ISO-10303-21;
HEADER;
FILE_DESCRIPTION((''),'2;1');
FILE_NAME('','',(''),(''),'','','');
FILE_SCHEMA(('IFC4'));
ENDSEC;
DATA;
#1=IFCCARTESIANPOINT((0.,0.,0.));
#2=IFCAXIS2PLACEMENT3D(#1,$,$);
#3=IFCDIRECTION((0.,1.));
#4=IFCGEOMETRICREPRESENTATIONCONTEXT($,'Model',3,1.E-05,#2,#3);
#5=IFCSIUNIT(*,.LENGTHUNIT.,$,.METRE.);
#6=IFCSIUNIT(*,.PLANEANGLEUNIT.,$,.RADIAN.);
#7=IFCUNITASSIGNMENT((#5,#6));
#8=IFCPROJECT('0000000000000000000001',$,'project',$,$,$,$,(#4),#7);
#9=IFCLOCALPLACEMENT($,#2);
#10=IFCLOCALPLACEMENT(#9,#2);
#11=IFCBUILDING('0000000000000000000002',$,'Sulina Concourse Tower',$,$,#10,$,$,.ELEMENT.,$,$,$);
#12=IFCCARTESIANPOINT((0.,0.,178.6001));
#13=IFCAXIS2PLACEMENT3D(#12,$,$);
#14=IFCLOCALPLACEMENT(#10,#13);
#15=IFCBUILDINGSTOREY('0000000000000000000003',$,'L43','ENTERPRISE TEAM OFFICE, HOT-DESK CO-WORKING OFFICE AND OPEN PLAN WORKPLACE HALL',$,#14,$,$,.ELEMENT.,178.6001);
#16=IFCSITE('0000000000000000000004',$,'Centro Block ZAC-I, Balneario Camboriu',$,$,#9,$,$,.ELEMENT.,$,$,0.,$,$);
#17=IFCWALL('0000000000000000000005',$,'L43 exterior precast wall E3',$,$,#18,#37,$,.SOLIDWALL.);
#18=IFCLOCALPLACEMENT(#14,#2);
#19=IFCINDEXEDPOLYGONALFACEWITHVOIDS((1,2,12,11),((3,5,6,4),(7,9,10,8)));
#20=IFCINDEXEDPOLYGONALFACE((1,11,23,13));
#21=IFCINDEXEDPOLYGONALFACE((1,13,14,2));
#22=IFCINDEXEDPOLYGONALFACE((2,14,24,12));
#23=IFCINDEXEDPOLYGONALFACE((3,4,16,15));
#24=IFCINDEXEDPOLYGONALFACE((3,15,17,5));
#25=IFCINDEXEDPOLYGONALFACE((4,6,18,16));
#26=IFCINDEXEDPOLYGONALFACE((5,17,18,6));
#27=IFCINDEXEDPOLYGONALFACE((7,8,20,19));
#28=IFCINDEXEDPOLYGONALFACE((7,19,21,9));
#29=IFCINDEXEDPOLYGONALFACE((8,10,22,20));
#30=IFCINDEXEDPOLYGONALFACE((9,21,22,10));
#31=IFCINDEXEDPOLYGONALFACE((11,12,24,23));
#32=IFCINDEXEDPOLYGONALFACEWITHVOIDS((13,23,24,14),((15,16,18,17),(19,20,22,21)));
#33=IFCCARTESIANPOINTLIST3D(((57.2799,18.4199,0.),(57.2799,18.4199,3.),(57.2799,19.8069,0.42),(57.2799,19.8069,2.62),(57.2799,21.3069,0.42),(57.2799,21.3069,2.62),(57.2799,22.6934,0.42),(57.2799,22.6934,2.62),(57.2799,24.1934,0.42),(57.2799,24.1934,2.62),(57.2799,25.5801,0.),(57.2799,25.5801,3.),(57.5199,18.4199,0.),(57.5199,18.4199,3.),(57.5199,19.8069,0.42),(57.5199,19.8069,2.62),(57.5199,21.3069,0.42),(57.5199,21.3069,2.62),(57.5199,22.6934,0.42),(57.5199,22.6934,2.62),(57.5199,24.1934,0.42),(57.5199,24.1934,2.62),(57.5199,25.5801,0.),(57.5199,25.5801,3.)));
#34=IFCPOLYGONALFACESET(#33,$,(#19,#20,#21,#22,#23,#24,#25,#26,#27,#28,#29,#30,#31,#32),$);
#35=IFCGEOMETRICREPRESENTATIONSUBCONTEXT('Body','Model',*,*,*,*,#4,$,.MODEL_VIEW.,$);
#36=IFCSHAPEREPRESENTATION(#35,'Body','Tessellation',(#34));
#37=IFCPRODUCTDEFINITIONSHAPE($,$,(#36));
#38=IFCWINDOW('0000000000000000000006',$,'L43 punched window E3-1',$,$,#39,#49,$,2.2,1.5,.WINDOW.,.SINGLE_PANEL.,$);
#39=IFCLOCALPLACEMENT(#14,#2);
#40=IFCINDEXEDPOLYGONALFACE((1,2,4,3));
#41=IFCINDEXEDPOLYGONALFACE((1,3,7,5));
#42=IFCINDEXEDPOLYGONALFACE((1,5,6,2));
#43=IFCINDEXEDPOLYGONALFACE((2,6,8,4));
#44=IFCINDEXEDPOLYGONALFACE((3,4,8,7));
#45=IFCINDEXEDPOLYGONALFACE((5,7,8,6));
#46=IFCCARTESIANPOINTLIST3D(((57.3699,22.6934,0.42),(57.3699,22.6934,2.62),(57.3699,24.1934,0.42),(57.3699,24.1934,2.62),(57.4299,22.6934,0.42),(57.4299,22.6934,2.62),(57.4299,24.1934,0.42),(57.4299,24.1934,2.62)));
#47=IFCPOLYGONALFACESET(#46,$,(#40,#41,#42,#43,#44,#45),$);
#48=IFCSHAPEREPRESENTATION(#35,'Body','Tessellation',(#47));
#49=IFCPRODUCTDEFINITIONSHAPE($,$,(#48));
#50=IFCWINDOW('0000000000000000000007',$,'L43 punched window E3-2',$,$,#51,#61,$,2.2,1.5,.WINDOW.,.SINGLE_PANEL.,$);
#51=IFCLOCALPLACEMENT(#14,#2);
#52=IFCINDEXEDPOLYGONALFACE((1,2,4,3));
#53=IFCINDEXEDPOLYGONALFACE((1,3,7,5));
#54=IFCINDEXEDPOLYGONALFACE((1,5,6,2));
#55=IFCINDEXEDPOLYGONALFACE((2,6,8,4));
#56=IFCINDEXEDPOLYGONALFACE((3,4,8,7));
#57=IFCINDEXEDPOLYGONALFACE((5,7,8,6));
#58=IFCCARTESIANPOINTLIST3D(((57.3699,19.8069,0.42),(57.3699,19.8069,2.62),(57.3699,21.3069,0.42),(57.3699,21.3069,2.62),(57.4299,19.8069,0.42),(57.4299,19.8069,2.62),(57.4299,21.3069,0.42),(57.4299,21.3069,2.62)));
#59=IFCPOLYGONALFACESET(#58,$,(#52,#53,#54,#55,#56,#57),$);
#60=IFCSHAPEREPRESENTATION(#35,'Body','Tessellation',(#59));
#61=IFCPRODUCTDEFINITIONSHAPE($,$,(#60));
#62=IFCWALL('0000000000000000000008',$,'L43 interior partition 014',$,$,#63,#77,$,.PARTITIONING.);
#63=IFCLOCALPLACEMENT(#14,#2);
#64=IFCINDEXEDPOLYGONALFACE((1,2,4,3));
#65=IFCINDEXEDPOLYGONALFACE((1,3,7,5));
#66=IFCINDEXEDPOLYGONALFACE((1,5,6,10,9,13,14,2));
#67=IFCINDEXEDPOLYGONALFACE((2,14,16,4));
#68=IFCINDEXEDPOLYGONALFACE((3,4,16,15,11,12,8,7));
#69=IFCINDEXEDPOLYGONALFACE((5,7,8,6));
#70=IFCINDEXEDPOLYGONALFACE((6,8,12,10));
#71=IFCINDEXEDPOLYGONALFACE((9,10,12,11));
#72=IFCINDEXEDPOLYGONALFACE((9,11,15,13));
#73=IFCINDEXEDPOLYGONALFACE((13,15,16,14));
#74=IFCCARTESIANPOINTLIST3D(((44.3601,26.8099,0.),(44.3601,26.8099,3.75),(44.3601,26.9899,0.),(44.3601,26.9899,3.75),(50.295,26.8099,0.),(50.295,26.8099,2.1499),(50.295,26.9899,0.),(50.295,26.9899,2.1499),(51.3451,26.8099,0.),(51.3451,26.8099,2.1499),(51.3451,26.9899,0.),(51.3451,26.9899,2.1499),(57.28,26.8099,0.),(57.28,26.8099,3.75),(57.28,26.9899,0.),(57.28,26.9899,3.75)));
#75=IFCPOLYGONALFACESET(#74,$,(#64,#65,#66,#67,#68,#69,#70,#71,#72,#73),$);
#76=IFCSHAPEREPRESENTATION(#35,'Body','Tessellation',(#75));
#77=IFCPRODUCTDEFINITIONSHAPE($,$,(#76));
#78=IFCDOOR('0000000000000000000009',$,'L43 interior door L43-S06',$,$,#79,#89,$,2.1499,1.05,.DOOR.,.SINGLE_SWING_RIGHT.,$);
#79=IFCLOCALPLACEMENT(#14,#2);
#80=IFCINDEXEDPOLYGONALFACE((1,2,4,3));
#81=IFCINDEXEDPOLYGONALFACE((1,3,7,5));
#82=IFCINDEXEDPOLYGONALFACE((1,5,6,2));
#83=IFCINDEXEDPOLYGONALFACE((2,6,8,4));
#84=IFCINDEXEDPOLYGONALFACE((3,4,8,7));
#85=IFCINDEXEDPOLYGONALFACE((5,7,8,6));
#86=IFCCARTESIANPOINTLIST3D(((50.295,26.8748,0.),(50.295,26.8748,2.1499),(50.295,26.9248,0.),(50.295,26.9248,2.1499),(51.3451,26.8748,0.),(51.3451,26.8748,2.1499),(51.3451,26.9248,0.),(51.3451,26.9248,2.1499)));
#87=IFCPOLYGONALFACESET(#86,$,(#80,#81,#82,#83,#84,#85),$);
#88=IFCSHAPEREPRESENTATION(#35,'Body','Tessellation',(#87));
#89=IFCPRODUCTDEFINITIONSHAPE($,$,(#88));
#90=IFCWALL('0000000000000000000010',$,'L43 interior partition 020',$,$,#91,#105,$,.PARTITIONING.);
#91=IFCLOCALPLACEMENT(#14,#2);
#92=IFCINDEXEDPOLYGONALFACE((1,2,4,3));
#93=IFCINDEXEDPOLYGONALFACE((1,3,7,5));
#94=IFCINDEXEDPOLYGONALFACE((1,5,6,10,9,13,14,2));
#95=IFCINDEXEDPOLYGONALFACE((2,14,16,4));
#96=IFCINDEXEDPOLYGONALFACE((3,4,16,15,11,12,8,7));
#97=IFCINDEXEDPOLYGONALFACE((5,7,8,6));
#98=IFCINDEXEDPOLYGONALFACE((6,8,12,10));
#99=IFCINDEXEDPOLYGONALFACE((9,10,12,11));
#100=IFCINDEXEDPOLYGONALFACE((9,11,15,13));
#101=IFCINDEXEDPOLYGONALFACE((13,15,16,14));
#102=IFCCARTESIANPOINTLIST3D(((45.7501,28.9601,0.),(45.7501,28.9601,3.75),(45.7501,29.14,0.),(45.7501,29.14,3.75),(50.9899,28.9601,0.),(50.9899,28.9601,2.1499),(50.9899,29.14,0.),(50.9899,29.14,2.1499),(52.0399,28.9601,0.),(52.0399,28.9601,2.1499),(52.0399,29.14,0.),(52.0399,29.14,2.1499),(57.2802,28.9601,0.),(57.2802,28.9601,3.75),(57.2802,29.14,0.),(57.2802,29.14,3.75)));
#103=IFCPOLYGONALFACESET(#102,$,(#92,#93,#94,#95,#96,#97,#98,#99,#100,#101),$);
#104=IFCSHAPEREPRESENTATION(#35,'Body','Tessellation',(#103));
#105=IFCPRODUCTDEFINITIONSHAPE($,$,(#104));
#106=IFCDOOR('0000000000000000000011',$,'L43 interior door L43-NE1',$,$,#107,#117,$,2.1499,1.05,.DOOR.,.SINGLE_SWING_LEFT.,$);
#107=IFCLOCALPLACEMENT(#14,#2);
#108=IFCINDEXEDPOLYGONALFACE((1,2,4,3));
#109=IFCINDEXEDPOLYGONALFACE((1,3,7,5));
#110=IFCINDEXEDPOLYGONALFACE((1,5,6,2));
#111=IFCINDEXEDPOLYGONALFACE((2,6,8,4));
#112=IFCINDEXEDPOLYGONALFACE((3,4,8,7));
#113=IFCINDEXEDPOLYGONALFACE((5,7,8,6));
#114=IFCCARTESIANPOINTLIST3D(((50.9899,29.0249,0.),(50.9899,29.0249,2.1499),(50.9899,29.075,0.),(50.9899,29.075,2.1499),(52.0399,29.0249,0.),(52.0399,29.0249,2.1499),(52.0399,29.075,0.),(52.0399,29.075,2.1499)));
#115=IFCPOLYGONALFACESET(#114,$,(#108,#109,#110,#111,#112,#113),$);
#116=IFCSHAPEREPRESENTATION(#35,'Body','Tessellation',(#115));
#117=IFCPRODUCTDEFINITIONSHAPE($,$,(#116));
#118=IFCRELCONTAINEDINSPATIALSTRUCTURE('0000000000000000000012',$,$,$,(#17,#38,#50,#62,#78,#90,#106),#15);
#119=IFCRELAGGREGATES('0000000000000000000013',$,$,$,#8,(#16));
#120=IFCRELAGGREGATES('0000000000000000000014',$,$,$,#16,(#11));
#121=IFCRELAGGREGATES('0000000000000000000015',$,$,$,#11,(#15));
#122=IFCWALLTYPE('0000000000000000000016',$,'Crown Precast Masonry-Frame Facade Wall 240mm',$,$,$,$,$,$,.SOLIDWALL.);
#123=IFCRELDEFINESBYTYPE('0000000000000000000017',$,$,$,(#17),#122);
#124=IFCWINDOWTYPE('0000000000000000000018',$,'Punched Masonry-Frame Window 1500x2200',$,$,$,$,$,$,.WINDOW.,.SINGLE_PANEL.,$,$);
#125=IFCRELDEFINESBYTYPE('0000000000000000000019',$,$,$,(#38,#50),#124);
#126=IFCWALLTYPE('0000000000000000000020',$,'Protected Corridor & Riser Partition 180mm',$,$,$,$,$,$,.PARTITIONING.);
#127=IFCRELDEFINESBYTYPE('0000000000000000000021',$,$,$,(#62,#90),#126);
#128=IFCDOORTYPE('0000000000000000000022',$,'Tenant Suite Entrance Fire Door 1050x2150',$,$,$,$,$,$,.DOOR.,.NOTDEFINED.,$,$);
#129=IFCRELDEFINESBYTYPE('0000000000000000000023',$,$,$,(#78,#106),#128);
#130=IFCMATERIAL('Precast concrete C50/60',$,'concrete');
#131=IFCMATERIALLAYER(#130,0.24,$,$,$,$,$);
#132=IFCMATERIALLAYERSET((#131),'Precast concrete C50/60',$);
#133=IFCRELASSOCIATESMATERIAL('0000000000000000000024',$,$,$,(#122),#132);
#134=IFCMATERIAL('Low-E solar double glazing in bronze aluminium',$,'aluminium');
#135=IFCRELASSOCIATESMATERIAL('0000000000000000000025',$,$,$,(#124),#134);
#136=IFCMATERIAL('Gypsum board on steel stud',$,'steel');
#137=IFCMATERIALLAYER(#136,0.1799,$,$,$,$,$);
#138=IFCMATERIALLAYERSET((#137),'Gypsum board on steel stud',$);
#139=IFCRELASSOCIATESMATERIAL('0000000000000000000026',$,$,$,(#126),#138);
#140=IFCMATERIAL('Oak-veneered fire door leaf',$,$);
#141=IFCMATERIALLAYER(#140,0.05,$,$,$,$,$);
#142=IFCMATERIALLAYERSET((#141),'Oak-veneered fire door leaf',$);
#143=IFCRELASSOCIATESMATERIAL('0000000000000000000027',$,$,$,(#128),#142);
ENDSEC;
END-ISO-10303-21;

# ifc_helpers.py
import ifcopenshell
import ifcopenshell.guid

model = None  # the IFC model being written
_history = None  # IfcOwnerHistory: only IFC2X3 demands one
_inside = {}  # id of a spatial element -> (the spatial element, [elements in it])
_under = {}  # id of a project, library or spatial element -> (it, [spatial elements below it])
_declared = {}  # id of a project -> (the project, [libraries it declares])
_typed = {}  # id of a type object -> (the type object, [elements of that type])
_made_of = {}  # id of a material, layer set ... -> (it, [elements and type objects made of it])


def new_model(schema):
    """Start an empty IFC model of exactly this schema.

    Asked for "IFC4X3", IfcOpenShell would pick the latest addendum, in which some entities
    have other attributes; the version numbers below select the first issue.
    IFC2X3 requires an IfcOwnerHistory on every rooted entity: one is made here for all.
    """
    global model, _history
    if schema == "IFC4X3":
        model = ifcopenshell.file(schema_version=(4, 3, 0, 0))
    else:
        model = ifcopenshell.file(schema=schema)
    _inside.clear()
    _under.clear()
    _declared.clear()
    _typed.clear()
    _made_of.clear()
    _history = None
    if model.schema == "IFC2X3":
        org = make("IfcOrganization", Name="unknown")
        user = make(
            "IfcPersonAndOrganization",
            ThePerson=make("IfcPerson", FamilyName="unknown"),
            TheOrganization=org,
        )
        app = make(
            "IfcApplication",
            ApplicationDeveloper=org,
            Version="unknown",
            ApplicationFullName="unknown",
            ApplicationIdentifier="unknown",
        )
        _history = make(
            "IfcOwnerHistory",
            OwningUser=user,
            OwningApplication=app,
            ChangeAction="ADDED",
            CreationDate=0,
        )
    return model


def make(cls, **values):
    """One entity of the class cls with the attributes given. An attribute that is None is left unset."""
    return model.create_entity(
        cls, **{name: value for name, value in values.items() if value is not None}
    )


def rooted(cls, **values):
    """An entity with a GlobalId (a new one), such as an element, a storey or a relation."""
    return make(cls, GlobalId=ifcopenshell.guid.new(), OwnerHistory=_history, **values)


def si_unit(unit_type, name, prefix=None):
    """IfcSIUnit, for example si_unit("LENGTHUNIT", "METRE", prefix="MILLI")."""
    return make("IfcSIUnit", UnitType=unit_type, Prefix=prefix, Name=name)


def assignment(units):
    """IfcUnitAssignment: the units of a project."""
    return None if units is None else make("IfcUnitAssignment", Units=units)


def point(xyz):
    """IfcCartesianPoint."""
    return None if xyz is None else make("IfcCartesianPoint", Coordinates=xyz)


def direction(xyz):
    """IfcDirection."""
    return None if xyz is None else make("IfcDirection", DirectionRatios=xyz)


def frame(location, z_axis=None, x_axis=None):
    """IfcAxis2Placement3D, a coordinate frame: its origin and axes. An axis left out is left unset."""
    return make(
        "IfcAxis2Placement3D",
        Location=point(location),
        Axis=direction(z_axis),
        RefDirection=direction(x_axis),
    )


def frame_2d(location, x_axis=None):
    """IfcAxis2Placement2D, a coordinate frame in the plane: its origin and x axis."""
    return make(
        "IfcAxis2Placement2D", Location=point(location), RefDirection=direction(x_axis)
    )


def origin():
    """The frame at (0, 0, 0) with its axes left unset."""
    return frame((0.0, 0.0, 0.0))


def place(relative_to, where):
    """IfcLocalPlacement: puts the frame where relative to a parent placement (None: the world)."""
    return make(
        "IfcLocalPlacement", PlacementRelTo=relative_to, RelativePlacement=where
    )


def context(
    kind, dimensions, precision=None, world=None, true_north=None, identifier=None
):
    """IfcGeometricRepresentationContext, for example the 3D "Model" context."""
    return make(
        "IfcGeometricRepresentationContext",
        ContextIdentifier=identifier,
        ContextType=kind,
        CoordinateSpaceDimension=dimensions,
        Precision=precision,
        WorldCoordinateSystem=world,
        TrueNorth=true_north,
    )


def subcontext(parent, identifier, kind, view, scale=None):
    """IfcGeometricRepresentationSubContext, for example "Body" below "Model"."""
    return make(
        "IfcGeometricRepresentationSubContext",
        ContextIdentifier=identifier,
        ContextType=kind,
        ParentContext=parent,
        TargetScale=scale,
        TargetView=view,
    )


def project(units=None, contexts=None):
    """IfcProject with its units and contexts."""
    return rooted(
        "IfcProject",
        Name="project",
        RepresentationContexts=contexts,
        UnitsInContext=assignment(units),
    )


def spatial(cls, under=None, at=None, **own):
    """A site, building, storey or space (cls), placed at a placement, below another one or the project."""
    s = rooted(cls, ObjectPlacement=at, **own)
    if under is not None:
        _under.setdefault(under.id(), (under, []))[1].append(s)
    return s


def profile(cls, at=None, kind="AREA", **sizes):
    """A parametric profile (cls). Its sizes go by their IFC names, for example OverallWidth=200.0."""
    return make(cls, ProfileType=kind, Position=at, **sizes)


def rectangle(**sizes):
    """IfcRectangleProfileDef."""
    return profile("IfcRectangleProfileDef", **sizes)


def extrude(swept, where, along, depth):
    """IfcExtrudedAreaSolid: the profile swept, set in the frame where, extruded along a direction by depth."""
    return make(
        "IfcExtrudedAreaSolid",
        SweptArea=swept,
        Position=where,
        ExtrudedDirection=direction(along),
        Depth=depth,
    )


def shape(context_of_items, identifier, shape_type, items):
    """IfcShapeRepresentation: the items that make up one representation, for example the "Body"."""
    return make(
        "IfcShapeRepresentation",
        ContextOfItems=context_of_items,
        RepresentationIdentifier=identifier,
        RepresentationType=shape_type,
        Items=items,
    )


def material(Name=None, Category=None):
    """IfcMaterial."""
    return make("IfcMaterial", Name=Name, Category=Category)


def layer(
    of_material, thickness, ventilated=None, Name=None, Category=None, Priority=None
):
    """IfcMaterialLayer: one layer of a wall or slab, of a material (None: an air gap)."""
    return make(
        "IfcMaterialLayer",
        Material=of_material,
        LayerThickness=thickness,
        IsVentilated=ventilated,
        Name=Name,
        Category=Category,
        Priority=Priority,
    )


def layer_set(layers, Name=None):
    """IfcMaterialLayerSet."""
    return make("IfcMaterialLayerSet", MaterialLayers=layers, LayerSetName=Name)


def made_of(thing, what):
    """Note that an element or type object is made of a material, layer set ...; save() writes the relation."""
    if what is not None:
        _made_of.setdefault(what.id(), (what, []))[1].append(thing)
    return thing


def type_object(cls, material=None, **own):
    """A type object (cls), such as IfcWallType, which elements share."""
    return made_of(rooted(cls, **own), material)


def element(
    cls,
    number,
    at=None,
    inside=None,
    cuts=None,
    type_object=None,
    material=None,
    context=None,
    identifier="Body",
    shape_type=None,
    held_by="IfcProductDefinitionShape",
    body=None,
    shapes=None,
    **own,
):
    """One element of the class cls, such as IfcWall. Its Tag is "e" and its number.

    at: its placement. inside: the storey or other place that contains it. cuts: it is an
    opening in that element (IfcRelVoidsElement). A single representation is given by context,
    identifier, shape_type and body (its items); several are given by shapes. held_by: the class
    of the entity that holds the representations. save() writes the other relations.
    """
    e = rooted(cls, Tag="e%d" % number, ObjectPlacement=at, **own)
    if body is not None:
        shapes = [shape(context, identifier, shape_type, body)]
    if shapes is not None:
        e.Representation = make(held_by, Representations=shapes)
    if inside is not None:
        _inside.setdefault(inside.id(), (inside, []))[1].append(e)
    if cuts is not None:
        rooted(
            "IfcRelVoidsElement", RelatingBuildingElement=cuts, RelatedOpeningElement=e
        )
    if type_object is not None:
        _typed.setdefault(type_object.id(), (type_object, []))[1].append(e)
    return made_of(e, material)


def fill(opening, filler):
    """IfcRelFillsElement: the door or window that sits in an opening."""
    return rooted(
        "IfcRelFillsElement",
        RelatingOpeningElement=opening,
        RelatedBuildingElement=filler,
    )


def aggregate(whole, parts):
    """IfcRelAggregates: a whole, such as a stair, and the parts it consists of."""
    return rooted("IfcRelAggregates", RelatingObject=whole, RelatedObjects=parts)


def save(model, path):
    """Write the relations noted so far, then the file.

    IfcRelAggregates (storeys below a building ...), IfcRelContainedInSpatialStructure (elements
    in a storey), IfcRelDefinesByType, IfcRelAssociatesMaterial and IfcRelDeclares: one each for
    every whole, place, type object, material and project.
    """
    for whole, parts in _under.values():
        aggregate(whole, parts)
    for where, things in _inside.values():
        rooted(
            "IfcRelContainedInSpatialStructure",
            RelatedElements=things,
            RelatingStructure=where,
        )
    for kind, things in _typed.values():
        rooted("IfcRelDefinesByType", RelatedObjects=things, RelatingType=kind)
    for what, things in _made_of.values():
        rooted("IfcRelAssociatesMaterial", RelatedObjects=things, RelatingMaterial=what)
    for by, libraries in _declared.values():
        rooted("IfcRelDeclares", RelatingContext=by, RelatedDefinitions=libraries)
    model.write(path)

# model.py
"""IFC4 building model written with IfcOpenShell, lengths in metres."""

from ifc_helpers import new_model, si_unit, direction, frame, frame_2d, origin, place, context, subcontext, project, spatial, rectangle, extrude, material, layer, layer_set, type_object, element, fill, save


model = new_model("IFC4")

# Units and contexts
model_context = context("Model", 3, precision=1e-05, world=origin(), true_north=direction((0.0, 1.0)))
body_context = subcontext(model_context, "Body", "Model", "MODEL_VIEW")
ifc_project = project(units=[si_unit("LENGTHUNIT", "METRE"), si_unit("PLANEANGLEUNIT", "RADIAN")], contexts=[model_context])

# Site, building, storey
site_placement = place(None, origin())
site = spatial("IfcSite", under=ifc_project, at=site_placement, Name="Centro Block ZAC-I, Balneario Camboriu", CompositionType="ELEMENT", RefElevation=0.0)
building_placement = place(site_placement, origin())
building = spatial("IfcBuilding", under=site, at=building_placement, Name="Sulina Concourse Tower", CompositionType="ELEMENT")
storey_placement = place(building_placement, frame((0.0, 0.0, 178.6001)))
storey = spatial("IfcBuildingStorey", under=building, at=storey_placement, Name="L43", Description="ENTERPRISE TEAM OFFICE, HOT-DESK CO-WORKING OFFICE AND OPEN PLAN WORKPLACE HALL", CompositionType="ELEMENT", Elevation=178.6001)

# Shared definitions
ifc_material_1 = material(Name="Precast concrete C50/60", Category="concrete")
ifc_layer_1 = layer(ifc_material_1, 0.24)
ifc_layer_set_1 = layer_set([ifc_layer_1], Name="Precast concrete C50/60")
wall_type_1 = type_object("IfcWallType", Name="Crown Precast Masonry-Frame Facade Wall 240mm", PredefinedType="SOLIDWALL", material=ifc_layer_set_1)
ifc_material_2 = material(Name="Low-E solar double glazing in bronze aluminium", Category="aluminium")
window_type = type_object("IfcWindowType", Name="Punched Masonry-Frame Window 1500x2200", PartitioningType="SINGLE_PANEL", PredefinedType="WINDOW", material=ifc_material_2)

# Wall, openings, windows
wall_1_placement = place(storey_placement, frame((57.3999, 25.5801, 0.0), z_axis=(0.0, 0.0, 1.0), x_axis=(0.0, -1.0, 0.0)))
wall_1 = element("IfcWall", 1, at=wall_1_placement, inside=storey, type_object=wall_type_1, Name="L43 exterior precast wall E3", PredefinedType="SOLIDWALL", context=body_context, shape_type="SweptSolid", body=[
    extrude(rectangle(XDim=7.1602, YDim=0.24, at=frame_2d((3.5801, 0.0))), origin(), (0.0, 0.0, 1.0), 3.0),
])
opening_1_placement = place(wall_1_placement, frame((1.3867, 0.0, 0.4199)))
opening_1 = element("IfcOpeningElement", 2, at=opening_1_placement, cuts=wall_1, PredefinedType="OPENING", context=body_context, shape_type="SweptSolid", body=[
    extrude(rectangle(XDim=1.5, YDim=2.2, at=frame_2d((0.75, 1.1001))), frame((0.0, 0.1299, 0.0), z_axis=(0.0, -1.0, 0.0), x_axis=(1.0, 0.0, 0.0)), (0.0, 0.0, 1.0), 0.26),
])
opening_2_placement = place(wall_1_placement, frame((4.2732, 0.0, 0.4199)))
opening_2 = element("IfcOpeningElement", 3, at=opening_2_placement, cuts=wall_1, PredefinedType="OPENING", context=body_context, shape_type="SweptSolid", body=[
    extrude(rectangle(XDim=1.5, YDim=2.2, at=frame_2d((0.75, 1.1001))), frame((0.0, 0.1299, 0.0), z_axis=(0.0, -1.0, 0.0), x_axis=(1.0, 0.0, 0.0)), (0.0, 0.0, 1.0), 0.26),
])
window_1_placement = place(opening_1_placement, origin())
window_1 = element("IfcWindow", 4, at=window_1_placement, inside=storey, type_object=window_type, Name="L43 punched window E3-1", OverallHeight=2.2, OverallWidth=1.5, PartitioningType="SINGLE_PANEL", PredefinedType="WINDOW", context=body_context, shape_type="SweptSolid", body=[
    extrude(rectangle(XDim=1.5, YDim=2.2, at=frame_2d((0.75, 1.1001))), frame((0.0, 0.03, 0.0), z_axis=(0.0, -1.0, 0.0), x_axis=(1.0, 0.0, 0.0)), (0.0, 0.0, 1.0), 0.0601),
])
fill(opening_1, window_1)
window_2_placement = place(opening_2_placement, origin())
window_2 = element("IfcWindow", 5, at=window_2_placement, inside=storey, type_object=window_type, Name="L43 punched window E3-2", OverallHeight=2.2, OverallWidth=1.5, PartitioningType="SINGLE_PANEL", PredefinedType="WINDOW", context=body_context, shape_type="SweptSolid", body=[
    extrude(rectangle(XDim=1.5, YDim=2.2, at=frame_2d((0.75, 1.1001))), frame((0.0, 0.03, 0.0), z_axis=(0.0, -1.0, 0.0), x_axis=(1.0, 0.0, 0.0)), (0.0, 0.0, 1.0), 0.0601),
])
fill(opening_2, window_2)

# Walls, openings, doors
ifc_material_3 = material(Name="Gypsum board on steel stud", Category="steel")
ifc_layer_2 = layer(ifc_material_3, 0.1799)
ifc_layer_set_2 = layer_set([ifc_layer_2], Name="Gypsum board on steel stud")
wall_type_2 = type_object("IfcWallType", Name="Protected Corridor & Riser Partition 180mm", PredefinedType="PARTITIONING", material=ifc_layer_set_2)
wall_2_placement = place(storey_placement, frame((44.3601, 26.8999, 0.0), z_axis=(0.0, 0.0, 1.0), x_axis=(1.0, 0.0, 0.0)))
wall_2 = element("IfcWall", 6, at=wall_2_placement, inside=storey, type_object=wall_type_2, Name="L43 interior partition 014", PredefinedType="PARTITIONING", context=body_context, shape_type="SweptSolid", body=[
    extrude(rectangle(XDim=12.9199, YDim=0.1799, at=frame_2d((6.46, 0.0))), origin(), (0.0, 0.0, 1.0), 3.75),
])
opening_3_placement = place(wall_2_placement, frame((5.9351, 0.0, 0.0)))
opening_3 = element("IfcOpeningElement", 7, at=opening_3_placement, cuts=wall_2, PredefinedType="OPENING", context=body_context, shape_type="SweptSolid", body=[
    extrude(rectangle(XDim=1.05, YDim=2.1499, at=frame_2d((0.5249, 1.075))), frame((0.0, 0.0999, 0.0), z_axis=(0.0, -1.0, 0.0), x_axis=(1.0, 0.0, 0.0)), (0.0, 0.0, 1.0), 0.2),
])
ifc_material_4 = material(Name="Oak-veneered fire door leaf")
ifc_layer_3 = layer(ifc_material_4, 0.05)
ifc_layer_set_3 = layer_set([ifc_layer_3], Name="Oak-veneered fire door leaf")
door_type = type_object("IfcDoorType", Name="Tenant Suite Entrance Fire Door 1050x2150", OperationType="NOTDEFINED", PredefinedType="DOOR", material=ifc_layer_set_3)
door_1_placement = place(opening_3_placement, origin())
door_1 = element("IfcDoor", 8, at=door_1_placement, inside=storey, type_object=door_type, Name="L43 interior door L43-S06", OperationType="SINGLE_SWING_RIGHT", OverallHeight=2.1499, OverallWidth=1.05, PredefinedType="DOOR", context=body_context, shape_type="SweptSolid", body=[
    extrude(rectangle(XDim=1.05, YDim=2.1499, at=frame_2d((0.5249, 1.075))), frame((0.0, 0.0249, 0.0), z_axis=(0.0, -1.0, 0.0), x_axis=(1.0, 0.0, 0.0)), (0.0, 0.0, 1.0), 0.05),
])
fill(opening_3, door_1)
wall_3_placement = place(storey_placement, frame((45.75, 29.05, 0.0), z_axis=(0.0, 0.0, 1.0), x_axis=(1.0, 0.0, 0.0)))
wall_3 = element("IfcWall", 9, at=wall_3_placement, inside=storey, type_object=wall_type_2, Name="L43 interior partition 020", PredefinedType="PARTITIONING", context=body_context, shape_type="SweptSolid", body=[
    extrude(rectangle(XDim=11.53, YDim=0.1799, at=frame_2d((5.7651, 0.0))), origin(), (0.0, 0.0, 1.0), 3.75),
])
opening_4_placement = place(wall_3_placement, frame((5.24, 0.0, 0.0)))
opening_4 = element("IfcOpeningElement", 10, at=opening_4_placement, cuts=wall_3, PredefinedType="OPENING", context=body_context, shape_type="SweptSolid", body=[
    extrude(rectangle(XDim=1.05, YDim=2.1499, at=frame_2d((0.5249, 1.075))), frame((0.0, 0.0999, 0.0), z_axis=(0.0, -1.0, 0.0), x_axis=(1.0, 0.0, 0.0)), (0.0, 0.0, 1.0), 0.2),
])
door_2_placement = place(opening_4_placement, origin())
door_2 = element("IfcDoor", 11, at=door_2_placement, inside=storey, type_object=door_type, Name="L43 interior door L43-NE1", OperationType="SINGLE_SWING_LEFT", OverallHeight=2.1499, OverallWidth=1.05, PredefinedType="DOOR", context=body_context, shape_type="SweptSolid", body=[
    extrude(rectangle(XDim=1.05, YDim=2.1499, at=frame_2d((0.5249, 1.075))), frame((0.0, 0.0249, 0.0), z_axis=(0.0, -1.0, 0.0), x_axis=(1.0, 0.0, 0.0)), (0.0, 0.0, 1.0), 0.05),
])
fill(opening_4, door_2)

save(model, "model.ifc")
